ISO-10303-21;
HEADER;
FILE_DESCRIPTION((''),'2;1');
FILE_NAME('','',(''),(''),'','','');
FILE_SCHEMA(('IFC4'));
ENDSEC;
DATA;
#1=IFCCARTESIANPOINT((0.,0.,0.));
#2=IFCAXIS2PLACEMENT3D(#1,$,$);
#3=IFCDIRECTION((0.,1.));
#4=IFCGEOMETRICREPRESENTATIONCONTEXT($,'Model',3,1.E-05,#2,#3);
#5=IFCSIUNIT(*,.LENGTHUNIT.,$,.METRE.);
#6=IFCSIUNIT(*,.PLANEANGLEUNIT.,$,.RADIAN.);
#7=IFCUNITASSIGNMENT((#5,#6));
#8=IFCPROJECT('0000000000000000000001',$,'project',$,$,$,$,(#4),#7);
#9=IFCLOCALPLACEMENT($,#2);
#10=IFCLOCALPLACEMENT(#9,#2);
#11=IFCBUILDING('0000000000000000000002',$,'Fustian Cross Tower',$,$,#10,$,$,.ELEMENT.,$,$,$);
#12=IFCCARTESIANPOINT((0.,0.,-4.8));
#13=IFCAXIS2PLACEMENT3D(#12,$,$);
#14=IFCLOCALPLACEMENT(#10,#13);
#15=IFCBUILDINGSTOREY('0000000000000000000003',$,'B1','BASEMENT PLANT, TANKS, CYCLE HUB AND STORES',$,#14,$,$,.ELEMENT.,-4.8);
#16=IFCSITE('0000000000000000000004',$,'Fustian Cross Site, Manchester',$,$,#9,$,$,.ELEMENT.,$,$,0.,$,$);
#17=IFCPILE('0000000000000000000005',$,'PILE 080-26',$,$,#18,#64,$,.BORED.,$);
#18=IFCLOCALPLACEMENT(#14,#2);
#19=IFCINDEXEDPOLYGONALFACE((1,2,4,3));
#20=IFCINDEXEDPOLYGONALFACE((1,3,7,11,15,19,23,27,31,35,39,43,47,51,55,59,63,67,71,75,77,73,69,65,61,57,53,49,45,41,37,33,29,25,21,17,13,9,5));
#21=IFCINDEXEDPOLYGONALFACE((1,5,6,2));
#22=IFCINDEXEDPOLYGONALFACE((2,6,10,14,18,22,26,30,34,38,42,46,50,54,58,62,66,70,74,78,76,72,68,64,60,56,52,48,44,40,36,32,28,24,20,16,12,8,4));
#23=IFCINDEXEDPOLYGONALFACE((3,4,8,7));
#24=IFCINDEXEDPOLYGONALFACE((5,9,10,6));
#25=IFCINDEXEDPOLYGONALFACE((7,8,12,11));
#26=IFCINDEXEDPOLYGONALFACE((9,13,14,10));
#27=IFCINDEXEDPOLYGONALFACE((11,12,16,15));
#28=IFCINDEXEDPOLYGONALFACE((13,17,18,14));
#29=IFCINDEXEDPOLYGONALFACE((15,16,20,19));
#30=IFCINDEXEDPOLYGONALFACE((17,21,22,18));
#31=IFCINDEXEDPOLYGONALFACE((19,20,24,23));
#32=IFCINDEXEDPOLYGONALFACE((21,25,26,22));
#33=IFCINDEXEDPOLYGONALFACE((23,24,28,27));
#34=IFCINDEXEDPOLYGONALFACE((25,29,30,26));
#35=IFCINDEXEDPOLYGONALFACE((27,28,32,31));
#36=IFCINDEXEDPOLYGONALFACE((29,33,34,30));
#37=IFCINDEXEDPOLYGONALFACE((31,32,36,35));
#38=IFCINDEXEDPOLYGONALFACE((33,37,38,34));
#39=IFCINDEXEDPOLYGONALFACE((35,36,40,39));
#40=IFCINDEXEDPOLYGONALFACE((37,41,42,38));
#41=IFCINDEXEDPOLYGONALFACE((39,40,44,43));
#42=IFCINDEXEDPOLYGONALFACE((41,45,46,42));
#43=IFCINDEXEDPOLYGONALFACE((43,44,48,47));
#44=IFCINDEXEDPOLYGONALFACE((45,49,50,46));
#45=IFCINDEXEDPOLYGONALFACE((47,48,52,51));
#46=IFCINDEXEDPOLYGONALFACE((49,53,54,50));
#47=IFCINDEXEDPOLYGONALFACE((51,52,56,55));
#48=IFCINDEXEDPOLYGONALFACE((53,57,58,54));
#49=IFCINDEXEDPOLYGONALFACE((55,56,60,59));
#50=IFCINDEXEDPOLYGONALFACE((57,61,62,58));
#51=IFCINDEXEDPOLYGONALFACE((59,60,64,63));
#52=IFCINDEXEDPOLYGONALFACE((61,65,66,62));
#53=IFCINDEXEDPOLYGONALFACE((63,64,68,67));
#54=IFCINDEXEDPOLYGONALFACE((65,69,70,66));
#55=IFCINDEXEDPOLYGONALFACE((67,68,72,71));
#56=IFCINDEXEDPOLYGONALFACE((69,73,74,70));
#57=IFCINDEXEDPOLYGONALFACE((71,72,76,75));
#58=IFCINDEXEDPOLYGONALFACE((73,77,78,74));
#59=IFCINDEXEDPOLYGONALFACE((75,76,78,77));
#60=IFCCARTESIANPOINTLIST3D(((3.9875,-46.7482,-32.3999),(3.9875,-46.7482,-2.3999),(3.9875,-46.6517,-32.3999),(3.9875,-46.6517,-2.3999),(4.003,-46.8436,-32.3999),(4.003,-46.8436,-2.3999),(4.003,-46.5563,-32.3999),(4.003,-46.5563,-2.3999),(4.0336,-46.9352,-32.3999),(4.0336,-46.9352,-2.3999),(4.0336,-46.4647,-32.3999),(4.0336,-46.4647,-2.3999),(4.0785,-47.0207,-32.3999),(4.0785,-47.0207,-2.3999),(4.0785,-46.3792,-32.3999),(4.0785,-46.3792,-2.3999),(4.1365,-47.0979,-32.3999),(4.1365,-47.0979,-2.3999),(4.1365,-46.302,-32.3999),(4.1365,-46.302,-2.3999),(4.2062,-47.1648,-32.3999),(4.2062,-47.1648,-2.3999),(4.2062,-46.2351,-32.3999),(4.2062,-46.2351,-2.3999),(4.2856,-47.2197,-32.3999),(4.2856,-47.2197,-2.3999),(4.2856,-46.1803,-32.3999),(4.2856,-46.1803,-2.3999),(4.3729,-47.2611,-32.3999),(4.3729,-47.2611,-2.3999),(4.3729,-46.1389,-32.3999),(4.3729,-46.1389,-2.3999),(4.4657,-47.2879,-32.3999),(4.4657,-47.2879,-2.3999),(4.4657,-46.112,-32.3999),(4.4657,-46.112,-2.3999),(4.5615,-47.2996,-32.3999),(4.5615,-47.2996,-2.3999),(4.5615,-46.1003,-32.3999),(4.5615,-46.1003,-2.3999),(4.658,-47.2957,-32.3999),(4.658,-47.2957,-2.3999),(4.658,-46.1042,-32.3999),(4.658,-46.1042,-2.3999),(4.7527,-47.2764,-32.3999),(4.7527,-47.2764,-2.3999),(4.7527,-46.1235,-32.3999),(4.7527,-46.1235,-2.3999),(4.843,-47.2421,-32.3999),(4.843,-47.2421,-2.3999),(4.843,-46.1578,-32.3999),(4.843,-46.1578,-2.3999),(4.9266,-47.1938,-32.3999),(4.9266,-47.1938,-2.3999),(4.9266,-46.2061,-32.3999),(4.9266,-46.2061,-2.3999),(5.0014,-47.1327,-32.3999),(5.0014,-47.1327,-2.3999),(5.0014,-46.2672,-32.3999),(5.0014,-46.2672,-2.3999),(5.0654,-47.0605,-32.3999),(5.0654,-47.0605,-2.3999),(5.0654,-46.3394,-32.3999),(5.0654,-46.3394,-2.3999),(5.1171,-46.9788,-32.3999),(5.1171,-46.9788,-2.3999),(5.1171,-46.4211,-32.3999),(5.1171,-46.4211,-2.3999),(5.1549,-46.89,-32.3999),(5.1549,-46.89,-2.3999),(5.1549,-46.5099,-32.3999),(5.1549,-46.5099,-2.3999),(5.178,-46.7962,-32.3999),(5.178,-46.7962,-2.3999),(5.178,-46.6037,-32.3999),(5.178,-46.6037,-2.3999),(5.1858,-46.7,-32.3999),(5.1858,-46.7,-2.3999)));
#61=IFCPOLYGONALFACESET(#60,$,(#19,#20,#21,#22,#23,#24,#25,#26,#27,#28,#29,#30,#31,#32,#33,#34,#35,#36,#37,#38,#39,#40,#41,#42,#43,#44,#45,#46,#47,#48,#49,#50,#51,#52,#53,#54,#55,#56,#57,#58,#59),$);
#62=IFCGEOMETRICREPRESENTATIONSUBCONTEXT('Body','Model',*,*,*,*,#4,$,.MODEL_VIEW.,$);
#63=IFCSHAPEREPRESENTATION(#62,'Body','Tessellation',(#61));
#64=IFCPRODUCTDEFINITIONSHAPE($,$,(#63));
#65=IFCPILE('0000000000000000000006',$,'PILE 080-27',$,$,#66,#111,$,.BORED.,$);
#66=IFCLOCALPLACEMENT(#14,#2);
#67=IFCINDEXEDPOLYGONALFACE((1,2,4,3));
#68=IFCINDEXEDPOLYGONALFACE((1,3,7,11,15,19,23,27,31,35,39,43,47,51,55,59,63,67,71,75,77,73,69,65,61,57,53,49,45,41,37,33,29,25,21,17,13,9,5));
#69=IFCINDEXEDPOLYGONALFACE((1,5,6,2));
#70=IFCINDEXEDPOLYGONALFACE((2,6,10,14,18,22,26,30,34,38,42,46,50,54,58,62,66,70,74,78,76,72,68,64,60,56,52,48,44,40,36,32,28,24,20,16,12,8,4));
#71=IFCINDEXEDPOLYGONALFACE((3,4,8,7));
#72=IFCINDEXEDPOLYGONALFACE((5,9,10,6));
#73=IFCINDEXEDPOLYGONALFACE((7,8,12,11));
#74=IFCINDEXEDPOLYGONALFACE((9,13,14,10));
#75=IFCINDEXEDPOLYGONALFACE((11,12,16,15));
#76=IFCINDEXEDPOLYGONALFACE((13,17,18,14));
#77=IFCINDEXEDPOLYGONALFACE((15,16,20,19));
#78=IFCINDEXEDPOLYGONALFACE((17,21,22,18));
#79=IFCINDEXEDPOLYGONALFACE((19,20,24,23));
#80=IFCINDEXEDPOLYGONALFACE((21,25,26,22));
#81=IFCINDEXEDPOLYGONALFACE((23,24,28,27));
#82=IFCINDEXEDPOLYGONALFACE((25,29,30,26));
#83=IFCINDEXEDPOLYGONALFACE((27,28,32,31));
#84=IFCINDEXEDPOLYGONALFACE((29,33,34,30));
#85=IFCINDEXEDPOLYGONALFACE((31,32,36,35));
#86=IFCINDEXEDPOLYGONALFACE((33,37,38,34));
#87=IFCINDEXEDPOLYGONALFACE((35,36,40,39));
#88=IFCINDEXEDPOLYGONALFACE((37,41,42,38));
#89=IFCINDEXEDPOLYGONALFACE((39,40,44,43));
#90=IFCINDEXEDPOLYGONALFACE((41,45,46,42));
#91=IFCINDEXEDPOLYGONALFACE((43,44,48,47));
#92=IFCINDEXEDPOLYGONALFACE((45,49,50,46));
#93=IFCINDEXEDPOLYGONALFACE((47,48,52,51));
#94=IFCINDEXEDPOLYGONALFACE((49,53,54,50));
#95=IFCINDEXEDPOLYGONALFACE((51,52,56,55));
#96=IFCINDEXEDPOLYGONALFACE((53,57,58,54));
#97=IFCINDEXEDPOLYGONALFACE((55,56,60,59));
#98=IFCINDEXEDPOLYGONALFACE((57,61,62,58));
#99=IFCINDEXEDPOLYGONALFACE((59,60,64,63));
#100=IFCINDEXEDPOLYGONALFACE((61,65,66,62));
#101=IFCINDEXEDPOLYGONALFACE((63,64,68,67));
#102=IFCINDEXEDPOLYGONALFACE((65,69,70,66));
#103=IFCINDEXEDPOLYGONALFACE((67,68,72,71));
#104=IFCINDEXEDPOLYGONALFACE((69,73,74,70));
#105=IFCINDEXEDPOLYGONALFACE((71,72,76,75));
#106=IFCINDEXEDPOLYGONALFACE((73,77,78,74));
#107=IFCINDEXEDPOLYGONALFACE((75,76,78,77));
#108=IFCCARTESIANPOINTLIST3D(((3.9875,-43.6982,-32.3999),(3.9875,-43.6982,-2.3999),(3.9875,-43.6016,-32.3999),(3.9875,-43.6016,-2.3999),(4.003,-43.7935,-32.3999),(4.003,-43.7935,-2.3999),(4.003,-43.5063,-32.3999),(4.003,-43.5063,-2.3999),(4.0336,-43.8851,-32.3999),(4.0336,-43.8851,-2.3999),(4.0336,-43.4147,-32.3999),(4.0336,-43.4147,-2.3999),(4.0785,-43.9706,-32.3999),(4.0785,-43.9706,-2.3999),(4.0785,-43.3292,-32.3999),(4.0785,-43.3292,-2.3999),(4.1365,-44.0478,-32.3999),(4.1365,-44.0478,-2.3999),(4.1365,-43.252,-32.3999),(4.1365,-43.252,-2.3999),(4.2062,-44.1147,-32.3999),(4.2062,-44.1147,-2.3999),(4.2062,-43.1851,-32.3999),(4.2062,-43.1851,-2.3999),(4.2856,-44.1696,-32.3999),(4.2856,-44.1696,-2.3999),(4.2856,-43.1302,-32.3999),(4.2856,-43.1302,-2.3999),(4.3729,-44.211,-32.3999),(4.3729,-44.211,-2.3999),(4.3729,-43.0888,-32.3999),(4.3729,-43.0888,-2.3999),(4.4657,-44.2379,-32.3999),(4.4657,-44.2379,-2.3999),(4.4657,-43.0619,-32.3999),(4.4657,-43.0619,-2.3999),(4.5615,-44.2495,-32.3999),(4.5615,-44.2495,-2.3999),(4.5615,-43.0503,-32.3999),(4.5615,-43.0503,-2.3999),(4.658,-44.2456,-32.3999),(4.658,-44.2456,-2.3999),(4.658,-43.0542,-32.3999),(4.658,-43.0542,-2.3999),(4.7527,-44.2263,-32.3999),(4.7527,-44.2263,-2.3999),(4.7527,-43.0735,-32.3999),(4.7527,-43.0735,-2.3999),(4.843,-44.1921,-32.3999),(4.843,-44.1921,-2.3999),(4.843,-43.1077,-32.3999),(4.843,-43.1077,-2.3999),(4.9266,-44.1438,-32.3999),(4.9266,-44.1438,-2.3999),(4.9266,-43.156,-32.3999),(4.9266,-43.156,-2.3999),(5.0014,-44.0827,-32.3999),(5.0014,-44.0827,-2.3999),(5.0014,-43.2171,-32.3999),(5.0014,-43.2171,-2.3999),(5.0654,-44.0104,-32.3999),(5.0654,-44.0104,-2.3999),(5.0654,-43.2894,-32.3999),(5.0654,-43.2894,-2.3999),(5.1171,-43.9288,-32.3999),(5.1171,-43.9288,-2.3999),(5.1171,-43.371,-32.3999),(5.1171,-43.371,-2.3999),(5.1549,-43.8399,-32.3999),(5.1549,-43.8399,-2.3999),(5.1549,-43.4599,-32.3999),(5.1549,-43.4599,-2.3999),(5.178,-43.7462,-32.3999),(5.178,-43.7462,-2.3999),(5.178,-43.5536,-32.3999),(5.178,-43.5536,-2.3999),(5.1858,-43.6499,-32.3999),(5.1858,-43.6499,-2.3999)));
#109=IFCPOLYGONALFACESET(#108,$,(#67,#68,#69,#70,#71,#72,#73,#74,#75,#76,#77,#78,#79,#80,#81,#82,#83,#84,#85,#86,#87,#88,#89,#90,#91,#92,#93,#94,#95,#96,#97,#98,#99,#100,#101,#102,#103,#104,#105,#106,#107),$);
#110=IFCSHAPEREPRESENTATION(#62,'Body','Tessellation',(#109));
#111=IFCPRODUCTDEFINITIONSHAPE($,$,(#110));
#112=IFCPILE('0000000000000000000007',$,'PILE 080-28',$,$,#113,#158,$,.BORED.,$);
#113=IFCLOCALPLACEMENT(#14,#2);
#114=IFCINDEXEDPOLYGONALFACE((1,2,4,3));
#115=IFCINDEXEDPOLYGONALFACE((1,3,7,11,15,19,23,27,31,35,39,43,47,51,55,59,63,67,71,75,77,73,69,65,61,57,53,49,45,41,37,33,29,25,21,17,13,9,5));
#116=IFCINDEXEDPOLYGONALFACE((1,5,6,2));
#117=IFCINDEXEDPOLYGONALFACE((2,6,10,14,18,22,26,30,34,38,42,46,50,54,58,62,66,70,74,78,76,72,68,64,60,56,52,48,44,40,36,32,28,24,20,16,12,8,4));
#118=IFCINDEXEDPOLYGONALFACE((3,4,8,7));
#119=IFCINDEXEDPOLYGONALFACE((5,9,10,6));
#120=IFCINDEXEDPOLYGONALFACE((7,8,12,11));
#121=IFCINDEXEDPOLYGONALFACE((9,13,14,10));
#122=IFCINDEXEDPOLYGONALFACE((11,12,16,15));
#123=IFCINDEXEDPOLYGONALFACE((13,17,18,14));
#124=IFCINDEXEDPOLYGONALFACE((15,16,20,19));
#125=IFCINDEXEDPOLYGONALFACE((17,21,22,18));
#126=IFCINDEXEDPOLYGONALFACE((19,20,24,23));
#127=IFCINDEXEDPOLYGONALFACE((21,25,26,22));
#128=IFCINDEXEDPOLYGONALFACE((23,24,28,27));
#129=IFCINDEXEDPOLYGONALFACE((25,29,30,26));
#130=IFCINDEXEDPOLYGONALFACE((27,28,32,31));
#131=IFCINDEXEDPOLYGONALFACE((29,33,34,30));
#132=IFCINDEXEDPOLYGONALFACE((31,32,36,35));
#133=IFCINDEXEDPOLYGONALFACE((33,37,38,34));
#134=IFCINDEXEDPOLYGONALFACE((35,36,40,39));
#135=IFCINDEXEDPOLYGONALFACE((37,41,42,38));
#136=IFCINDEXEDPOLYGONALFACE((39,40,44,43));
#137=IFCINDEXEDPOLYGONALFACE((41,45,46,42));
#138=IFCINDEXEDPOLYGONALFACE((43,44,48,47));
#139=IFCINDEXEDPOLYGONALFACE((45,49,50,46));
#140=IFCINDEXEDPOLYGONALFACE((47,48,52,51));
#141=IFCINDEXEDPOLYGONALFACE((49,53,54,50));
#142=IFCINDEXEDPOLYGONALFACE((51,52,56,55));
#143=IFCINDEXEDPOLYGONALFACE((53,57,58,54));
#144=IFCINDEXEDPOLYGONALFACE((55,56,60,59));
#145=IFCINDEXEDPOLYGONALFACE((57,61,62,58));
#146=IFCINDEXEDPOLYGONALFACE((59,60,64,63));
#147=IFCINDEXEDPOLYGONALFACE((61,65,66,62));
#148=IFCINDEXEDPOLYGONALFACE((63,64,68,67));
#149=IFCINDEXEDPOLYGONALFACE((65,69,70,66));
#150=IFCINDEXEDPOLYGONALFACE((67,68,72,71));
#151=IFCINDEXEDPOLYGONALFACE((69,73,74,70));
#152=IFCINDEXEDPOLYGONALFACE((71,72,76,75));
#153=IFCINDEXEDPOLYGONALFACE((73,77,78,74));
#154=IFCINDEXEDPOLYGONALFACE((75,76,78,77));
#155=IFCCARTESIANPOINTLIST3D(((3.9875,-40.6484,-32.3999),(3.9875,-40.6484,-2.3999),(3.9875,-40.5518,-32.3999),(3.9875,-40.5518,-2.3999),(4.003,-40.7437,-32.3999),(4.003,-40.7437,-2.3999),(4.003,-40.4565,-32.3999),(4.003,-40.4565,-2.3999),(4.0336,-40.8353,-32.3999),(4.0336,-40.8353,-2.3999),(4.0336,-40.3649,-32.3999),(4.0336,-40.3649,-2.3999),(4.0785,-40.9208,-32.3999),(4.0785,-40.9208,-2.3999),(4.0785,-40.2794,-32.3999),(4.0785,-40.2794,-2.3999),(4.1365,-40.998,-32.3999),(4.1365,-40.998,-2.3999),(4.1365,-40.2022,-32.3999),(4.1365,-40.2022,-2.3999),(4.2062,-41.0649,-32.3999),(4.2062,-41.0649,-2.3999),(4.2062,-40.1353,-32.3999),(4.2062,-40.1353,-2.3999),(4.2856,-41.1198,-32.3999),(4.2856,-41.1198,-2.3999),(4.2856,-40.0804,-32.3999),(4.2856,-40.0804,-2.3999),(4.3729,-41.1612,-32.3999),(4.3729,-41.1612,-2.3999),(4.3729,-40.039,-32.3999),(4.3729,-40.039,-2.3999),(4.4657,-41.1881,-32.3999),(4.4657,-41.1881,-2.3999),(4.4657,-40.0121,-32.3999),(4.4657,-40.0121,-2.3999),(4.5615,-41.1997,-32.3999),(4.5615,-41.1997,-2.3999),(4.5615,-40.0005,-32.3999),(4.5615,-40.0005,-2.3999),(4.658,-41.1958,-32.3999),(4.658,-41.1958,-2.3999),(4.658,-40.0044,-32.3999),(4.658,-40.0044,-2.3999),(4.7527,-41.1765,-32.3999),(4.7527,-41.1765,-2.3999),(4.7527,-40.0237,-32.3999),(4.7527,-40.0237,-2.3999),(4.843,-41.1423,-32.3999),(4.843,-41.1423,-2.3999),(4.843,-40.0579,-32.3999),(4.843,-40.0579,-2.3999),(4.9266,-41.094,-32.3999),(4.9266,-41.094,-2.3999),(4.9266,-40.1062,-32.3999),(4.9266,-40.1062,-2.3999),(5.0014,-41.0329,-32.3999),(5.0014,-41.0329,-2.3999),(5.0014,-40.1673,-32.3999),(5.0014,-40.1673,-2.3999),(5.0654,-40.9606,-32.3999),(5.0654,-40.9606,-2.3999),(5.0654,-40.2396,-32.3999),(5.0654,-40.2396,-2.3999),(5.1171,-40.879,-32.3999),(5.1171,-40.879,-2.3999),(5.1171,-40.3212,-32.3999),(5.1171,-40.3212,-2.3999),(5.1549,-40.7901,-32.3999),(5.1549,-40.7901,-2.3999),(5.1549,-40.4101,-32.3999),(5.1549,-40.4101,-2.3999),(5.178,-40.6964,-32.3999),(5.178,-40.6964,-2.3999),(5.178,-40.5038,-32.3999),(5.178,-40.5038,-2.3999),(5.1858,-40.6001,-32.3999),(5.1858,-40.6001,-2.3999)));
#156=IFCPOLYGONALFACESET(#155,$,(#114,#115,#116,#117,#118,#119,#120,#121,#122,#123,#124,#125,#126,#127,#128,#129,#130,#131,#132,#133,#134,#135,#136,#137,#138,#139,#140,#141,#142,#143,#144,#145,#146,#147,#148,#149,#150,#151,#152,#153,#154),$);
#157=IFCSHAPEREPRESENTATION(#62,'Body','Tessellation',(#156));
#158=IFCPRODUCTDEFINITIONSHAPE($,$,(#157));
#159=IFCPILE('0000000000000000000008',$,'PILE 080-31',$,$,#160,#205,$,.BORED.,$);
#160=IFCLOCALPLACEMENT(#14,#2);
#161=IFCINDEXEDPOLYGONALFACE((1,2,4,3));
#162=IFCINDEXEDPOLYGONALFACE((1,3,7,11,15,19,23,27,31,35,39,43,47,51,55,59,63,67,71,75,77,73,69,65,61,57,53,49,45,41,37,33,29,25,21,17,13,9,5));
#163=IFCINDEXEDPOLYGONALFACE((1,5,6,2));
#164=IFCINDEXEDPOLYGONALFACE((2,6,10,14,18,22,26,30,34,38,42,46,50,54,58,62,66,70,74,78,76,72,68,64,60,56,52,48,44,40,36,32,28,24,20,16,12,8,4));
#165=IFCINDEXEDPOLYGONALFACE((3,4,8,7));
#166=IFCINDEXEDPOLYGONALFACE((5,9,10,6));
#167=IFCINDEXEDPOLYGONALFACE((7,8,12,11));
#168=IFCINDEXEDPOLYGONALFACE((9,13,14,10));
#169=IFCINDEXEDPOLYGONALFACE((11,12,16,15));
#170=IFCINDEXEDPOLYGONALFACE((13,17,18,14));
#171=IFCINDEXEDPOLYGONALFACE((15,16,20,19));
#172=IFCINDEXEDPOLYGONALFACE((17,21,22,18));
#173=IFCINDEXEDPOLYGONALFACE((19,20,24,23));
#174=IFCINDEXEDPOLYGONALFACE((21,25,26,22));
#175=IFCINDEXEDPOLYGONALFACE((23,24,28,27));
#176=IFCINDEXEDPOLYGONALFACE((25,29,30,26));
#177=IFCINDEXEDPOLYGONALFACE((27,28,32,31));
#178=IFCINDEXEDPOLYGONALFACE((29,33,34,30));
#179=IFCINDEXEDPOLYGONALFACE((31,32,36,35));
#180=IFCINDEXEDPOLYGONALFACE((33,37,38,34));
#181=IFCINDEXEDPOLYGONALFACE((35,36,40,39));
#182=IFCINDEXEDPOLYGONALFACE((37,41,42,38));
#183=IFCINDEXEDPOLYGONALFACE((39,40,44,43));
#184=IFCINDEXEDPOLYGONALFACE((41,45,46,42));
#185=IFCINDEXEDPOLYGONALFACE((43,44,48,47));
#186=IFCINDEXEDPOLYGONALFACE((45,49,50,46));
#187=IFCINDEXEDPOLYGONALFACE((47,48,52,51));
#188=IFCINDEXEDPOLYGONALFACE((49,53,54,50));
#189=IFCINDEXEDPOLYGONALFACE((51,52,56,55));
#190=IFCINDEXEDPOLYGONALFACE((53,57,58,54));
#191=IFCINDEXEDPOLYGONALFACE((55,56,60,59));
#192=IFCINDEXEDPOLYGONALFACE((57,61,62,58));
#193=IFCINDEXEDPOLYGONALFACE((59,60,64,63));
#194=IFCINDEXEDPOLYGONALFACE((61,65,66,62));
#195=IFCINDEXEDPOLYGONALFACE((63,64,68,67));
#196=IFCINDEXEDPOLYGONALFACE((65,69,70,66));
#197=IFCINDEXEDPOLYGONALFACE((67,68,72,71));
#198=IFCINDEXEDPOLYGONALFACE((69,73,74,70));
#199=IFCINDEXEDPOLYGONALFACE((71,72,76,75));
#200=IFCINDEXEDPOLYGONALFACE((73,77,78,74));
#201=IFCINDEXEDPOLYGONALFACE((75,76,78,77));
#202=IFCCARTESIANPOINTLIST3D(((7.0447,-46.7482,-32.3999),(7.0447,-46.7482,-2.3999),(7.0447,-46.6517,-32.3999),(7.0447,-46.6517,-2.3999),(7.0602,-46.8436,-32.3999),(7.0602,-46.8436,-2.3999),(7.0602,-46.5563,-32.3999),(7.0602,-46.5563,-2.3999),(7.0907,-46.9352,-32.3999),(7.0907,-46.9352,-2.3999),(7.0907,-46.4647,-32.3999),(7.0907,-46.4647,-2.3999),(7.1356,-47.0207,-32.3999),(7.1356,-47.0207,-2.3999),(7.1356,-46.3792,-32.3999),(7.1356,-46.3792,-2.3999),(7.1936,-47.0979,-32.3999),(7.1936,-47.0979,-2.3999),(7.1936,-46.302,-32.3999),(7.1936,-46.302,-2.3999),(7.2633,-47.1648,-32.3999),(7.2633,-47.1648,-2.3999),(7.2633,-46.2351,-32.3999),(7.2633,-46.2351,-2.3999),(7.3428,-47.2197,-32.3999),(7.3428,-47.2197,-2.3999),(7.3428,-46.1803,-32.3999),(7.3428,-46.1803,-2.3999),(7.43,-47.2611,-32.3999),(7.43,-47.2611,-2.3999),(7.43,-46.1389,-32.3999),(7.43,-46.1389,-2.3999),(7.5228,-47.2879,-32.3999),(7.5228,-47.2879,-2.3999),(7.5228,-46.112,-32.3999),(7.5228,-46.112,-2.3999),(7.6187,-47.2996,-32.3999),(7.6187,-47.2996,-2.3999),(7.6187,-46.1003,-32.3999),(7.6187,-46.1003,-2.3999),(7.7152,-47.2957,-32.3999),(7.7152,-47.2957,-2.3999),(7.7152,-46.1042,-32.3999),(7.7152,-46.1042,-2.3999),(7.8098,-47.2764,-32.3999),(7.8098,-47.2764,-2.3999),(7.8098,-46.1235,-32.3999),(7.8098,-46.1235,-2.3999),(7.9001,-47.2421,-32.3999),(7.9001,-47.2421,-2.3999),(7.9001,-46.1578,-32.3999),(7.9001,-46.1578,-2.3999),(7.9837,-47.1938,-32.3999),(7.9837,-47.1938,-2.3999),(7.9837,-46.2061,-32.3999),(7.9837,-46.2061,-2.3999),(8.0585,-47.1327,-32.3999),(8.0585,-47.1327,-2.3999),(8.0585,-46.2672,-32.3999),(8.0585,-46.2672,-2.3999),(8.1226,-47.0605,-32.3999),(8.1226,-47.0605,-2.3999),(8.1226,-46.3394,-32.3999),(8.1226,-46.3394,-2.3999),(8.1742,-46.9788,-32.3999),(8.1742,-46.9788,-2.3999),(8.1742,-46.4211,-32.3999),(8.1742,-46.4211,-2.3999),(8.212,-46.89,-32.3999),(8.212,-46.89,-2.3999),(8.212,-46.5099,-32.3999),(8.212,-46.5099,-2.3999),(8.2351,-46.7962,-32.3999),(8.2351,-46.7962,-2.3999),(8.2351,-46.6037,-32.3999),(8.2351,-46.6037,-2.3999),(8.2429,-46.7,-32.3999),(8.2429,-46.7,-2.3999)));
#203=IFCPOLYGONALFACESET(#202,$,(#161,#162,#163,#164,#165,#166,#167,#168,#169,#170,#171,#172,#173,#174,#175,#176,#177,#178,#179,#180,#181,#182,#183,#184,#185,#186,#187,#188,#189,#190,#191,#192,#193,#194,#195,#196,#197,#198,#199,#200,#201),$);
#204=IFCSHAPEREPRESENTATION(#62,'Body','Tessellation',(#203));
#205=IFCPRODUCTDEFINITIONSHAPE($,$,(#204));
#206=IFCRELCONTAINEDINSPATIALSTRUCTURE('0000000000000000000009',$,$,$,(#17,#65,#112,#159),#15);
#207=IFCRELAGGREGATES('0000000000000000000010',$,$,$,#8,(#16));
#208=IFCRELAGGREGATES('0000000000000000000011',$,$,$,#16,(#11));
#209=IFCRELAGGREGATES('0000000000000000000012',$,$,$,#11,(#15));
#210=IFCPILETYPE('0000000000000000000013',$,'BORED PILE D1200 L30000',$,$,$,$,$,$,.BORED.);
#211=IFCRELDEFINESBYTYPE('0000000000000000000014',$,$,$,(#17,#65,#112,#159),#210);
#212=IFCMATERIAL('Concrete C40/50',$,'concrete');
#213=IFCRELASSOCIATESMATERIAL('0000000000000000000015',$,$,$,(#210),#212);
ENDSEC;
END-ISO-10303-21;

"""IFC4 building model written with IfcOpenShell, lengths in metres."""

from ifc_helpers import new_model, si_unit, direction, frame, origin, origin_2d, place, context, subcontext, project, spatial, circle, extrude, material, material_profile, profile_set, type_object, element, save


model = new_model("IFC4")

# Units and contexts
model_context = context("Model", 3, precision=1e-05, world=origin(), true_north=direction((0.0, 1.0)))
body_context = subcontext(model_context, "Body", "Model", "MODEL_VIEW")
ifc_project = project(units=[si_unit("LENGTHUNIT", "METRE"), si_unit("PLANEANGLEUNIT", "RADIAN")], contexts=[model_context])

# Site, building, storey
site_placement = place(None, origin())
site = spatial("IfcSite", under=ifc_project, at=site_placement, Name="Fustian Cross Site, Manchester", CompositionType="ELEMENT", RefElevation=0.0)
building_placement = place(site_placement, origin())
building = spatial("IfcBuilding", under=site, at=building_placement, Name="Fustian Cross Tower", CompositionType="ELEMENT")
storey_placement = place(building_placement, frame((0.0, 0.0, -4.8)))
storey = spatial("IfcBuildingStorey", under=building, at=storey_placement, Name="B1", Description="BASEMENT PLANT, TANKS, CYCLE HUB AND STORES", CompositionType="ELEMENT", Elevation=-4.8)

# Piles
ifc_material_1 = material(Name="Concrete C40/50", Category="concrete")
ifc_material_profile_1 = material_profile(ifc_material_1, circle(Radius=0.6001, at=origin_2d()), Name="BORED PILE D1200 L30000")
ifc_profile_set_1 = profile_set([ifc_material_profile_1], Name="Concrete C40/50")
pile_type_1 = type_object("IfcPileType", Name="BORED PILE D1200 L30000", PredefinedType="BORED", material=ifc_profile_set_1)
for number, where, z_axis, x_axis, name in (
    (1, (4.5857, -46.7, -2.3999), (0.0, 0.0, -1.0), (1.0, 0.0, 0.0), "PILE 080-26"),
    (2, (4.5857, -43.6499, -2.3999), (0.0, 0.0, -1.0), (1.0, 0.0, 0.0), "PILE 080-27"),
    (3, (4.5857, -40.6001, -2.3999), (0.0, 0.0, -1.0), (1.0, 0.0, 0.0), "PILE 080-28"),
    (4, (7.6428, -46.7, -2.3999), (0.0, 0.0, -1.0), (1.0, 0.0, 0.0), "PILE 080-31"),
):
    element("IfcPile", number, at=place(storey_placement, frame(where, z_axis=z_axis, x_axis=x_axis)), inside=storey, type_object=pile_type_1, Name=name, PredefinedType="BORED", context=body_context, shape_type="SweptSolid", body=[
        extrude(circle(Radius=0.6001, at=origin_2d()), origin(), (0.0, 0.0, 1.0), 30.0),
    ])

save(model, "model.ifc")
